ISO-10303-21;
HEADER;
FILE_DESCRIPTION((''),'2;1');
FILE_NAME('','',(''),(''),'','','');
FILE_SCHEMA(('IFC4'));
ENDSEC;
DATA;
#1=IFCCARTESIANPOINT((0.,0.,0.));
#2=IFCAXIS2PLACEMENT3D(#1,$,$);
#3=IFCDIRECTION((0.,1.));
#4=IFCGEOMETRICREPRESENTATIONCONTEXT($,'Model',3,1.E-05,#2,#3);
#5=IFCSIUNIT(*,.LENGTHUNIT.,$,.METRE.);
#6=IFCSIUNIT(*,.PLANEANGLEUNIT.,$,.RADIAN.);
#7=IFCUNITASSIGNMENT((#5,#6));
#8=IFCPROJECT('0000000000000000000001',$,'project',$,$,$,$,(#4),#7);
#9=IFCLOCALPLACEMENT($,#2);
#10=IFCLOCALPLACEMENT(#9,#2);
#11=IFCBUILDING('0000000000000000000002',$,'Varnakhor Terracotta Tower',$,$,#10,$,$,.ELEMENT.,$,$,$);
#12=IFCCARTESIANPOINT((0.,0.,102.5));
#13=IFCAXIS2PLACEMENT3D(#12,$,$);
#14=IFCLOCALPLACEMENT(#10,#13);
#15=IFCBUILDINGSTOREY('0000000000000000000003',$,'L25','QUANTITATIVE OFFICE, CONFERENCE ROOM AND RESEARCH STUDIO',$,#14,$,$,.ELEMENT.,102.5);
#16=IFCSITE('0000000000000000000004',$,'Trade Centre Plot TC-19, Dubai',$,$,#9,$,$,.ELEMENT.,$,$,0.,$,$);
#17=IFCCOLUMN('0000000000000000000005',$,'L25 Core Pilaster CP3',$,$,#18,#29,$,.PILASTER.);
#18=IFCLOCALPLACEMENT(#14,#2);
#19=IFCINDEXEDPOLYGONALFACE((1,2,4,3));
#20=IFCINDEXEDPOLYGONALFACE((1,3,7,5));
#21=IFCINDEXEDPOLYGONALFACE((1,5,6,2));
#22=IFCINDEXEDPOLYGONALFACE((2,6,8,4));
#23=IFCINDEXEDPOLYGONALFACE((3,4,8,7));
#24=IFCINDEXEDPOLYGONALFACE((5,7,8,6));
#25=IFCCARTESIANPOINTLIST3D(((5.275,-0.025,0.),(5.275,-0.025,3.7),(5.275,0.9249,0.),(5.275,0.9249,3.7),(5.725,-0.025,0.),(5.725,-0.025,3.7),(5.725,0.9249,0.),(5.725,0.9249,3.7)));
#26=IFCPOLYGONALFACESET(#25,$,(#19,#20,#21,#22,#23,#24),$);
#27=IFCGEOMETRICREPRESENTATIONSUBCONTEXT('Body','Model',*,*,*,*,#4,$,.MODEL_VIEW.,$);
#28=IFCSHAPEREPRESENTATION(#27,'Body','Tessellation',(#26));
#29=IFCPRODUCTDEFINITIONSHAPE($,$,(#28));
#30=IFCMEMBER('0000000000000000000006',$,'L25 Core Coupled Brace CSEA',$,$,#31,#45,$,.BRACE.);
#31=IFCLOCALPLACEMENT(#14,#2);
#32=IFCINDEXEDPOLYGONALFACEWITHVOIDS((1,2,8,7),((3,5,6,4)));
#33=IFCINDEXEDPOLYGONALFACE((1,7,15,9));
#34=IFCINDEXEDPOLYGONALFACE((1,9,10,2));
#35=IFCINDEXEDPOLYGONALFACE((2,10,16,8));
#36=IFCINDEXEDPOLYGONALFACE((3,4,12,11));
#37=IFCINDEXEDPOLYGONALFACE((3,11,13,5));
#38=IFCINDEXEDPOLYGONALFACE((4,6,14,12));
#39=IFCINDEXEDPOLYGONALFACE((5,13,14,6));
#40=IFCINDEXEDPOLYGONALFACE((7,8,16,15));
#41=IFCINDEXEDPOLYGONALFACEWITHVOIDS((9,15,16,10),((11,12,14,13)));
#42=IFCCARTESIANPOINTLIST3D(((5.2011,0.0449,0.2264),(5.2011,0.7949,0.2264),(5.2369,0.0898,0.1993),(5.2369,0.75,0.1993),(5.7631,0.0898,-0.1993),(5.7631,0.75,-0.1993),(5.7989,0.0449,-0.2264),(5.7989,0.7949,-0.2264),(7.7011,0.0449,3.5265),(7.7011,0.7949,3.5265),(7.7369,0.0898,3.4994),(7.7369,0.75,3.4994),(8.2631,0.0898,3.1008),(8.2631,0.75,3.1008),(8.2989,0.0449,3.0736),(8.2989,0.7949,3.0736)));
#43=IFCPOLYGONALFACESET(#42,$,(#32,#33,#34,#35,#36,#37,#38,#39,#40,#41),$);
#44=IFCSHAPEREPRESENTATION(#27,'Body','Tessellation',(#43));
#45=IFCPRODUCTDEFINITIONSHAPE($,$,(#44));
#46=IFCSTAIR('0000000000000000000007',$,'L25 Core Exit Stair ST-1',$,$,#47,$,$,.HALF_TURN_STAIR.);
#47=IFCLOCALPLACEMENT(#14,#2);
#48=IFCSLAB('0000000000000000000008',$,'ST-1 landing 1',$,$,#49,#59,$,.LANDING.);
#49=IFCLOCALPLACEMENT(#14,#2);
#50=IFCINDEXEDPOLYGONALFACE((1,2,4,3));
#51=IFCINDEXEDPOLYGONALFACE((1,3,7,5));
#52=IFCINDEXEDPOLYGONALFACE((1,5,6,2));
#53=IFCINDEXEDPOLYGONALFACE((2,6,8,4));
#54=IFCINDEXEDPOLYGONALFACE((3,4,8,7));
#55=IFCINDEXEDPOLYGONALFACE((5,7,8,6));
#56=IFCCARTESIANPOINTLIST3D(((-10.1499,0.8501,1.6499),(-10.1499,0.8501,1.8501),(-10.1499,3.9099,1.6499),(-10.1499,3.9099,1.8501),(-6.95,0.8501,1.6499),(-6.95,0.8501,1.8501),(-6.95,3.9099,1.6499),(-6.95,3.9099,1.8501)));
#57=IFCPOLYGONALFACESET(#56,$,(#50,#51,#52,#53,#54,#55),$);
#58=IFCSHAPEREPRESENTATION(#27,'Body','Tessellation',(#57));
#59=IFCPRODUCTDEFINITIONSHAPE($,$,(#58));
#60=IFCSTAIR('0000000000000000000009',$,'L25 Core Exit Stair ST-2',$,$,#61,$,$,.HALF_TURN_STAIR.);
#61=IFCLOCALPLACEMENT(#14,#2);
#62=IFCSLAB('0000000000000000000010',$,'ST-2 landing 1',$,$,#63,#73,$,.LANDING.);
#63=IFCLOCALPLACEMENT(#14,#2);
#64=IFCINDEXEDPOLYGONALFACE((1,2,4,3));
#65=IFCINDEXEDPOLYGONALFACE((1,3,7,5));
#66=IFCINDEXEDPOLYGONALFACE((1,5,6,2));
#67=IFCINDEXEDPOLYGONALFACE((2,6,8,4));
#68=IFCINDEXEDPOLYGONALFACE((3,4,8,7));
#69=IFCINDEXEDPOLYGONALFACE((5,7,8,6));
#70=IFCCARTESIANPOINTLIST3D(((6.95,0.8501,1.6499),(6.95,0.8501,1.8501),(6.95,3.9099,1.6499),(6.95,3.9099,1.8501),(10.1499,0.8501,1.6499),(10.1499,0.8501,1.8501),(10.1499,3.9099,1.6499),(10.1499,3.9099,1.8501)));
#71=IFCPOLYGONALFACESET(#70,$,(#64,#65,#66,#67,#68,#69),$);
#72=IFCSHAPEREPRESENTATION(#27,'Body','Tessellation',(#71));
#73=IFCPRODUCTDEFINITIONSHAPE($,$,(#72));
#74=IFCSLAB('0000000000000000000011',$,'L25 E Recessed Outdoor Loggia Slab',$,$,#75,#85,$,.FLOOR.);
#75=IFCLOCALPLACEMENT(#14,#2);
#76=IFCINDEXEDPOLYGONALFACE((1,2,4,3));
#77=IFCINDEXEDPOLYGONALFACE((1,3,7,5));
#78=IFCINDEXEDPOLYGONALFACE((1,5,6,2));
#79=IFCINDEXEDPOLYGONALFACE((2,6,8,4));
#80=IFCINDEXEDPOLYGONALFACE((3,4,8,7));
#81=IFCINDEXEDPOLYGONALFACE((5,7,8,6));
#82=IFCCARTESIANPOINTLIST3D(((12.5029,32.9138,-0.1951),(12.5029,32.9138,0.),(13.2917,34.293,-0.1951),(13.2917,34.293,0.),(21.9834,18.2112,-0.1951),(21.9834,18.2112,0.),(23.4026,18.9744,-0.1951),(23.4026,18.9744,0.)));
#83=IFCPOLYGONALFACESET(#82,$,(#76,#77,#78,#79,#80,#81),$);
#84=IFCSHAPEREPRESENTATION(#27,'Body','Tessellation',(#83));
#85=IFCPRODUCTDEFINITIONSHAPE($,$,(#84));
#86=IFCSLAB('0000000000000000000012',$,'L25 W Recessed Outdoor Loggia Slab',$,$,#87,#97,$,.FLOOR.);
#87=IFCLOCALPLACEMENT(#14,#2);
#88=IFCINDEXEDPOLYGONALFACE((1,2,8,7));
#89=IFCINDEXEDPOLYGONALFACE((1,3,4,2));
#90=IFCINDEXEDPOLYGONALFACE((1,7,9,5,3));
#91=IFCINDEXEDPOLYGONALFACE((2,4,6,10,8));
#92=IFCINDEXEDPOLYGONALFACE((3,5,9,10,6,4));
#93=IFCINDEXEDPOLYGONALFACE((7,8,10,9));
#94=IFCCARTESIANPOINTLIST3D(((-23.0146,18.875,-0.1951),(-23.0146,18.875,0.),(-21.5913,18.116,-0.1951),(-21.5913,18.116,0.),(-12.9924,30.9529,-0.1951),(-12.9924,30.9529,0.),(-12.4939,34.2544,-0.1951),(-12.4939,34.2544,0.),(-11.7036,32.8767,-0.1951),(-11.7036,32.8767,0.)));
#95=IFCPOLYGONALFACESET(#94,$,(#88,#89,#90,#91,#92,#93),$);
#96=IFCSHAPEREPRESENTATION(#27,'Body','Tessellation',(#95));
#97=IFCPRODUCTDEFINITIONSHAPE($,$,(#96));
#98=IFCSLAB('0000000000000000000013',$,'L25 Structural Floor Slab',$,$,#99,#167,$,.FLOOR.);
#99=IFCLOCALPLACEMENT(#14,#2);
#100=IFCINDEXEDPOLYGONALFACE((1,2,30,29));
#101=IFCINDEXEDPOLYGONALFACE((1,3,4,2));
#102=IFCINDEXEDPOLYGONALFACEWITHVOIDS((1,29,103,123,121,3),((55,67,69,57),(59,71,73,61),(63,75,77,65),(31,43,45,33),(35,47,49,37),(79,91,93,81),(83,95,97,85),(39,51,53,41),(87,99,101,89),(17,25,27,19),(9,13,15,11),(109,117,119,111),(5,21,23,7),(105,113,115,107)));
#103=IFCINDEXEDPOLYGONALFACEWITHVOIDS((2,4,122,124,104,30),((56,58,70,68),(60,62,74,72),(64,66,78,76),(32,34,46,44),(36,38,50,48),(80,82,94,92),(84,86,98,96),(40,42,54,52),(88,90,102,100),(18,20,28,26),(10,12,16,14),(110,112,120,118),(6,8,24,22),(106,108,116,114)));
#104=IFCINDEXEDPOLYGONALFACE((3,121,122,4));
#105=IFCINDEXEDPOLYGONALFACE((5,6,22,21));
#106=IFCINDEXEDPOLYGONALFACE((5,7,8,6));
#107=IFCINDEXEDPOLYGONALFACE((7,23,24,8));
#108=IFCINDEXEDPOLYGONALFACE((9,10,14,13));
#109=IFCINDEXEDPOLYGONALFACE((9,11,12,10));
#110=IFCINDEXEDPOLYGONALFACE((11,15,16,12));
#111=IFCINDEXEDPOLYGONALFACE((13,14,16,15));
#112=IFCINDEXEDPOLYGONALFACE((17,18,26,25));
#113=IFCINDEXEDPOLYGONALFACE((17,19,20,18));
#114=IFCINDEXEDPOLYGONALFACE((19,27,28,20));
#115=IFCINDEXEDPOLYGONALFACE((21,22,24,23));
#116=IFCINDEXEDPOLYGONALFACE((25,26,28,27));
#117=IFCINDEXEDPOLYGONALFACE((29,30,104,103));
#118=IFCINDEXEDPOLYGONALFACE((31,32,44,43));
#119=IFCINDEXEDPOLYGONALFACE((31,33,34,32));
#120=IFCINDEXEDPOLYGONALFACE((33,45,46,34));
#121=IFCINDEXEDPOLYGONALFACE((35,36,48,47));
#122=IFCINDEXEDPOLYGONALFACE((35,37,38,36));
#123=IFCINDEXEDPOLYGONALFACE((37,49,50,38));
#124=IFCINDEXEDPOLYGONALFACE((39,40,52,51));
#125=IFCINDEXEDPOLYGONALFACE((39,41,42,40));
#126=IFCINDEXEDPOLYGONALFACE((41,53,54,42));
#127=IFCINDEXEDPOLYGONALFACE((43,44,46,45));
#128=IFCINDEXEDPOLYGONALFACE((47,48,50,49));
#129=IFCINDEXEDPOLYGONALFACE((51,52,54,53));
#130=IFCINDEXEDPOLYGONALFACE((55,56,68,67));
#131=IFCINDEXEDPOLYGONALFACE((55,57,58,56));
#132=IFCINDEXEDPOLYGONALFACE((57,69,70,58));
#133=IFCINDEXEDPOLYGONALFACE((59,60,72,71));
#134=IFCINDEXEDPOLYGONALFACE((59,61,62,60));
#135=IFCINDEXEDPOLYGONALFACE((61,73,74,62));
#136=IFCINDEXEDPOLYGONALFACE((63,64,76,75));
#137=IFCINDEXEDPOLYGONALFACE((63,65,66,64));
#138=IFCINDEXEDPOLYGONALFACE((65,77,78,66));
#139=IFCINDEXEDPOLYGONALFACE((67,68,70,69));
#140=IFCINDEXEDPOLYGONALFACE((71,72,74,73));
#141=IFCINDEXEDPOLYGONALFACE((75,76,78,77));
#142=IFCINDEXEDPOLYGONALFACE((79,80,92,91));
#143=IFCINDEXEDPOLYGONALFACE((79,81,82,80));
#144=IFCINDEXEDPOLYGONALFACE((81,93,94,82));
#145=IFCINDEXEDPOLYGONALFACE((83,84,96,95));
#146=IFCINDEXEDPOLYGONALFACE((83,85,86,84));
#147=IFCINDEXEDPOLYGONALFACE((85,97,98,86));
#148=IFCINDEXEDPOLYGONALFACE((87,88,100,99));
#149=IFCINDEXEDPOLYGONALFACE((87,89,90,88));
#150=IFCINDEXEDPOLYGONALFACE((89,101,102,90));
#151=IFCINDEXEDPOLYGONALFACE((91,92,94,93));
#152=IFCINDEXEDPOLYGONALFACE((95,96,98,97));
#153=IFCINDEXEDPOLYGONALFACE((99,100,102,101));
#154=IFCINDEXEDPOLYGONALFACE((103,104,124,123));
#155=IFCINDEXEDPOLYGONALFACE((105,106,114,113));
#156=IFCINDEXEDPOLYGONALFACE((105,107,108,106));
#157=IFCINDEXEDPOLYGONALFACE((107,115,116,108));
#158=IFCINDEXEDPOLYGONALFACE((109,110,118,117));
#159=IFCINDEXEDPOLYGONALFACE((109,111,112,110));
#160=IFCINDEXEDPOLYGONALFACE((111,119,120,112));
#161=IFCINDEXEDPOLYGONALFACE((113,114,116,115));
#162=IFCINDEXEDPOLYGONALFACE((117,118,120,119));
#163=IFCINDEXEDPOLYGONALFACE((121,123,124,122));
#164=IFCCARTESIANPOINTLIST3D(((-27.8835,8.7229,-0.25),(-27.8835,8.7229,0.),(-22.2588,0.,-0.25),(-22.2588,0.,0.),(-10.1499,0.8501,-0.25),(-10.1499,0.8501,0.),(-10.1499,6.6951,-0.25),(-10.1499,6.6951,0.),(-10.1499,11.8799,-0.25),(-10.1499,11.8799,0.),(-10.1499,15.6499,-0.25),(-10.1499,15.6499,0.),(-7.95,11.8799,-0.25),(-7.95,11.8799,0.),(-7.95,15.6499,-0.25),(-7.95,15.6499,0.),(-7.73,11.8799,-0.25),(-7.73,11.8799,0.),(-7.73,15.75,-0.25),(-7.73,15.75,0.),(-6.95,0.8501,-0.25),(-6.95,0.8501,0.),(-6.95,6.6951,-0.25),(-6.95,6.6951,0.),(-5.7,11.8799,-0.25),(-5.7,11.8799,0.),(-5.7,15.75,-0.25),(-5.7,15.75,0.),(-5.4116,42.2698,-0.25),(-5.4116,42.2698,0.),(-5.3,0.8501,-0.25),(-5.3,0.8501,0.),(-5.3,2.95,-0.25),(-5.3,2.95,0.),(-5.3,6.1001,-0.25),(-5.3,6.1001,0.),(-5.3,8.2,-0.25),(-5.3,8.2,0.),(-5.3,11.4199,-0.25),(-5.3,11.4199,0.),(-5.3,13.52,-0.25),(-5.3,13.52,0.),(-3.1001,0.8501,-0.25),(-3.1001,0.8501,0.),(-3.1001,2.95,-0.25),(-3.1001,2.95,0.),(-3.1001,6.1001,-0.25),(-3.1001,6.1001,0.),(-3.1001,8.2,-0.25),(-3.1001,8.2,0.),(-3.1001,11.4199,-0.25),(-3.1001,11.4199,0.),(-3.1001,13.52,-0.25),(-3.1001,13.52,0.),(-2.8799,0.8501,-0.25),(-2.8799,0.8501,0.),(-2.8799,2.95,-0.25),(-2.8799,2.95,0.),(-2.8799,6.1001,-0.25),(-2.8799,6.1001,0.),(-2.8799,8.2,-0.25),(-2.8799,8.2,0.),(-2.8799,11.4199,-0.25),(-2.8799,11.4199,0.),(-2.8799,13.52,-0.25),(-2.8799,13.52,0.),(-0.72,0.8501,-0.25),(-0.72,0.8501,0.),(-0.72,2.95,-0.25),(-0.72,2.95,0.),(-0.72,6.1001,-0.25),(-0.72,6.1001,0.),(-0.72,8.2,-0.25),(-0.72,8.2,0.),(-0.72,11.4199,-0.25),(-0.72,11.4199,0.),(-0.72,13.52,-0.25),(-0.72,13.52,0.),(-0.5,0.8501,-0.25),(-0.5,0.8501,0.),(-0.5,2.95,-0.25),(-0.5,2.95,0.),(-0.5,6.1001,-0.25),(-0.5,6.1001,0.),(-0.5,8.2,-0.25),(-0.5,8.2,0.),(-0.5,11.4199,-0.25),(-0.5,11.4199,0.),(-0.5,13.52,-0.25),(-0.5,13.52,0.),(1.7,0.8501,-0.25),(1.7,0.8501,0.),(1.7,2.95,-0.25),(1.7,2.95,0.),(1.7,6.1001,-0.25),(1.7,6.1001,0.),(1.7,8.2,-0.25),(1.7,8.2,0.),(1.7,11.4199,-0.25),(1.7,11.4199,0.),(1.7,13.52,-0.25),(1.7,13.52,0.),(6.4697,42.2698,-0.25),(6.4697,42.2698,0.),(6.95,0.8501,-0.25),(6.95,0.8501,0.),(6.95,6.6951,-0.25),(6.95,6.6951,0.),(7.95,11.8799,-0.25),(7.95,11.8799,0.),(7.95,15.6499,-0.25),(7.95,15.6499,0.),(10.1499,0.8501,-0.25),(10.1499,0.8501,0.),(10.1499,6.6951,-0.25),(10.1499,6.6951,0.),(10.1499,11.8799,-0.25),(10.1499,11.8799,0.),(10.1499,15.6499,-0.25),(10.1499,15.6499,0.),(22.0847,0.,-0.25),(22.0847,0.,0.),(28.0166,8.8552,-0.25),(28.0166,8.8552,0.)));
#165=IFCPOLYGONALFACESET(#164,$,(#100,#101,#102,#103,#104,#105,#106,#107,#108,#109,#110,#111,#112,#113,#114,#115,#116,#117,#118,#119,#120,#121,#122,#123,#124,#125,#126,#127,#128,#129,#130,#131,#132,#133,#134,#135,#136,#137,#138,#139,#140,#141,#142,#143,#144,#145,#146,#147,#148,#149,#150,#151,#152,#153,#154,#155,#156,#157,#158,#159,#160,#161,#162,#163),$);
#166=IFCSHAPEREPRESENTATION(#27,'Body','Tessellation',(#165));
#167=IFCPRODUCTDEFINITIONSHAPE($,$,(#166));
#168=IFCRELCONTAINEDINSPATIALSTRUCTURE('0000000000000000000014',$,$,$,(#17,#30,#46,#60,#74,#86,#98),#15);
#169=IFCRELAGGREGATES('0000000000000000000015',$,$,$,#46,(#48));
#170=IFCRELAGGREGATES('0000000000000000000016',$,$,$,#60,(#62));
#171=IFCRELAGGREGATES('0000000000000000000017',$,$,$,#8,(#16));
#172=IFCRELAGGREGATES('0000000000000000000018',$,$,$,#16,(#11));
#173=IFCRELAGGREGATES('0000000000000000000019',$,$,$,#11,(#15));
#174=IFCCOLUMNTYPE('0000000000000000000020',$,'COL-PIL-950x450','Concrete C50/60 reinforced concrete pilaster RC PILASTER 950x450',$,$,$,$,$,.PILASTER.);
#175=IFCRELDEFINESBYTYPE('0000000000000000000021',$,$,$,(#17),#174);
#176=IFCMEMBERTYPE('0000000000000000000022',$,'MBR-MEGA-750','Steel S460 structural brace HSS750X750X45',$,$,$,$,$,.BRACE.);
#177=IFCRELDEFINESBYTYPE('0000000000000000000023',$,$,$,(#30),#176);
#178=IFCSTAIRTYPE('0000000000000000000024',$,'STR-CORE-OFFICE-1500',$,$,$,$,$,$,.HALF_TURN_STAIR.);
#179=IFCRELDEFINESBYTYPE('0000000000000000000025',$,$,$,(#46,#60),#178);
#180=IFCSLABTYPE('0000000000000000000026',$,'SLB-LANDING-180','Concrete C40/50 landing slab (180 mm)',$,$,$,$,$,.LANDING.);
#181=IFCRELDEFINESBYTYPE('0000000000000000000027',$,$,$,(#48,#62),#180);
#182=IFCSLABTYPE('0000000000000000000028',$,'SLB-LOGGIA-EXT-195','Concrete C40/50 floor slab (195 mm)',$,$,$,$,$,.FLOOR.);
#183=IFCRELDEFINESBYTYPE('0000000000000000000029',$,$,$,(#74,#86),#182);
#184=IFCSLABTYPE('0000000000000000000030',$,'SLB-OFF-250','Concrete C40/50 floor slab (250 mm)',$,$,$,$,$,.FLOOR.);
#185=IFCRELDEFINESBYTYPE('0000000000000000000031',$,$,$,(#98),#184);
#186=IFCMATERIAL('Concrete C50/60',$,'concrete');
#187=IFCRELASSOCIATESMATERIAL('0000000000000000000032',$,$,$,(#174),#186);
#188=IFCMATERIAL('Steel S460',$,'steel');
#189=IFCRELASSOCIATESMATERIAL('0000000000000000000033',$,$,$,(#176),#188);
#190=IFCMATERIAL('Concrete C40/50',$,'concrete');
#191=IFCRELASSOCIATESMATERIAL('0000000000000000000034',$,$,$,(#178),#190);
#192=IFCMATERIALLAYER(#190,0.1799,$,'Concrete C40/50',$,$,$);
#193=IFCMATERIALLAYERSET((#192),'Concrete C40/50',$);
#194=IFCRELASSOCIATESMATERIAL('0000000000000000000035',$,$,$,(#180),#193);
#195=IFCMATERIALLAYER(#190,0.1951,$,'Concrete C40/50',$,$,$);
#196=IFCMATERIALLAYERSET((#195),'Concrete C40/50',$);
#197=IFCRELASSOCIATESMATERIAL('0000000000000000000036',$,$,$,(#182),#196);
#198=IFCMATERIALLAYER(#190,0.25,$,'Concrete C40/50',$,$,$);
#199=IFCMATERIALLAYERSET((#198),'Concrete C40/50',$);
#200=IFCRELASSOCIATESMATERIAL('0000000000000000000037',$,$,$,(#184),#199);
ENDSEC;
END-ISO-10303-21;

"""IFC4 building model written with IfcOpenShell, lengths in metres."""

from ifc_helpers import new_model, si_unit, direction, frame, origin, origin_2d, place, context, subcontext, project, spatial, polyline, rectangle, hollow_rectangle, outline, extrude, source, transform, mapped, material, layer, layer_set, material_profile, profile_set, type_object, type_shapes, element, aggregate, save


model = new_model("IFC4")

# Units and contexts
model_context = context("Model", 3, precision=1e-05, world=origin(), true_north=direction((0.0, 1.0)))
body_context = subcontext(model_context, "Body", "Model", "MODEL_VIEW")
ifc_project = project(units=[si_unit("LENGTHUNIT", "METRE"), si_unit("PLANEANGLEUNIT", "RADIAN")], contexts=[model_context])

# Site, building, storey
site_placement = place(None, origin())
site = spatial("IfcSite", under=ifc_project, at=site_placement, Name="Trade Centre Plot TC-19, Dubai", CompositionType="ELEMENT", RefElevation=0.0)
building_placement = place(site_placement, origin())
building = spatial("IfcBuilding", under=site, at=building_placement, Name="Varnakhor Terracotta Tower", CompositionType="ELEMENT")
storey_placement = place(building_placement, frame((0.0, 0.0, 102.5)))
storey = spatial("IfcBuildingStorey", under=building, at=storey_placement, Name="L25", Description="QUANTITATIVE OFFICE, CONFERENCE ROOM AND RESEARCH STUDIO", CompositionType="ELEMENT", Elevation=102.5)

# Column
ifc_material_1 = material(Name="Concrete C50/60", Category="concrete")
ifc_material_profile_1 = material_profile(ifc_material_1, rectangle(XDim=0.45, YDim=0.95, at=origin_2d()), Name="RC PILASTER 950x450")
ifc_profile_set_1 = profile_set([ifc_material_profile_1], Name="Concrete C50/60")
column_type = type_object("IfcColumnType", Name="COL-PIL-950x450", Description="Concrete C50/60 reinforced concrete pilaster RC PILASTER 950x450", PredefinedType="PILASTER", material=ifc_profile_set_1)
shared_shape_1 = source(origin(), body_context, "Body", "SweptSolid", [
    extrude(rectangle(XDim=0.45, YDim=0.95, at=origin_2d()), origin(), (0.0, 0.0, 1.0), 3.7),
])
column_placement = place(storey_placement, frame((5.5, 0.45, 0.0), z_axis=(0.0, 0.0, 1.0), x_axis=(1.0, 0.0, 0.0)))
element("IfcColumn", 1, at=column_placement, inside=storey, type_object=column_type, Name="L25 Core Pilaster CP3", PredefinedType="PILASTER", context=body_context, shape_type="MappedRepresentation", body=[
    mapped(shared_shape_1, transform((0.0, 0.0, 0.0), scale=1.0)),
])

# Member
ifc_material_2 = material(Name="Steel S460", Category="steel")
ifc_material_profile_2 = material_profile(ifc_material_2, hollow_rectangle(XDim=0.75, YDim=0.75, WallThickness=0.0449, at=origin_2d()), Name="HSS750X750X45")
ifc_profile_set_2 = profile_set([ifc_material_profile_2], Name="Steel S460")
member_type = type_object("IfcMemberType", Name="MBR-MEGA-750", Description="Steel S460 structural brace HSS750X750X45", PredefinedType="BRACE", material=ifc_profile_set_2)
shared_shape_2 = source(origin(), body_context, "Body", "SweptSolid", [
    extrude(hollow_rectangle(XDim=0.75, YDim=0.75, WallThickness=0.0449, at=origin_2d()), origin(), (0.0, 0.0, 1.0), 4.1401),
])
type_shapes(member_type, [shared_shape_2])
member_placement = place(storey_placement, frame((5.5, 0.4199, 0.0), z_axis=(0.603852, 0.0, 0.797096), x_axis=(0.0, 1.0, 0.0)))
element("IfcMember", 2, at=member_placement, inside=storey, type_object=member_type, Name="L25 Core Coupled Brace CSEA", PredefinedType="BRACE", context=body_context, shape_type="MappedRepresentation", body=[
    mapped(shared_shape_2, transform((0.0, 0.0, 0.0), scale=1.0)),
])

# Stairs, slabs
ifc_material_3 = material(Name="Concrete C40/50", Category="concrete")
stair_type = type_object("IfcStairType", Name="STR-CORE-OFFICE-1500", PredefinedType="HALF_TURN_STAIR", material=ifc_material_3)
stair_1_placement = place(storey_placement, origin())
stair_1 = element("IfcStair", 3, at=stair_1_placement, inside=storey, type_object=stair_type, Name="L25 Core Exit Stair ST-1", PredefinedType="HALF_TURN_STAIR")
ifc_layer_1 = layer(ifc_material_3, 0.1799, Name="Concrete C40/50")
ifc_layer_set_1 = layer_set([ifc_layer_1], Name="Concrete C40/50")
slab_type_1 = type_object("IfcSlabType", Name="SLB-LANDING-180", Description="Concrete C40/50 landing slab (180 mm)", PredefinedType="LANDING", material=ifc_layer_set_1)
slab_1_placement = place(storey_placement, frame((0.0, 0.0, 1.6499)))
slab_1 = element("IfcSlab", 4, at=slab_1_placement, type_object=slab_type_1, Name="ST-1 landing 1", PredefinedType="LANDING", context=body_context, shape_type="SweptSolid", body=[
    extrude(outline(polyline([(-10.1499, 3.9099), (-10.1499, 0.8501), (-6.95, 0.8501), (-6.95, 3.9099), (-10.1499, 3.9099)])), origin(), (0.0, 0.0, 1.0), 0.2002),
])
aggregate(stair_1, [slab_1])
stair_2_placement = place(storey_placement, origin())
stair_2 = element("IfcStair", 5, at=stair_2_placement, inside=storey, type_object=stair_type, Name="L25 Core Exit Stair ST-2", PredefinedType="HALF_TURN_STAIR")
slab_2_placement = place(storey_placement, frame((0.0, 0.0, 1.6499)))
slab_2 = element("IfcSlab", 6, at=slab_2_placement, type_object=slab_type_1, Name="ST-2 landing 1", PredefinedType="LANDING", context=body_context, shape_type="SweptSolid", body=[
    extrude(outline(polyline([(6.95, 3.9099), (6.95, 0.8501), (10.1499, 0.8501), (10.1499, 3.9099), (6.95, 3.9099)])), origin(), (0.0, 0.0, 1.0), 0.2002),
])
aggregate(stair_2, [slab_2])

# Slabs
ifc_layer_2 = layer(ifc_material_3, 0.1951, Name="Concrete C40/50")
ifc_layer_set_2 = layer_set([ifc_layer_2], Name="Concrete C40/50")
slab_type_2 = type_object("IfcSlabType", Name="SLB-LOGGIA-EXT-195", Description="Concrete C40/50 floor slab (195 mm)", PredefinedType="FLOOR", material=ifc_layer_set_2)
slab_3_placement = place(storey_placement, frame((0.0, 0.0, -0.1951)))
element("IfcSlab", 7, at=slab_3_placement, inside=storey, type_object=slab_type_2, Name="L25 E Recessed Outdoor Loggia Slab", PredefinedType="FLOOR", context=body_context, shape_type="SweptSolid", body=[
    extrude(outline(polyline([(13.2917, 34.293), (23.4026, 18.9744), (21.9834, 18.2112), (12.5029, 32.9138), (13.2917, 34.293)])), origin(), (0.0, 0.0, 1.0), 0.1951),
])
slab_4_placement = place(storey_placement, frame((0.0, 0.0, -0.1951)))
element("IfcSlab", 8, at=slab_4_placement, inside=storey, type_object=slab_type_2, Name="L25 W Recessed Outdoor Loggia Slab", PredefinedType="FLOOR", context=body_context, shape_type="SweptSolid", body=[
    extrude(outline(polyline([(-23.0146, 18.875), (-12.4939, 34.2544), (-11.7036, 32.8767), (-12.9924, 30.9529), (-21.5913, 18.116), (-23.0146, 18.875)])), origin(), (0.0, 0.0, 1.0), 0.1951),
])
ifc_layer_3 = layer(ifc_material_3, 0.25, Name="Concrete C40/50")
ifc_layer_set_3 = layer_set([ifc_layer_3], Name="Concrete C40/50")
slab_type_3 = type_object("IfcSlabType", Name="SLB-OFF-250", Description="Concrete C40/50 floor slab (250 mm)", PredefinedType="FLOOR", material=ifc_layer_set_3)
slab_5_placement = place(storey_placement, frame((0.0, 0.0, -0.25)))
element("IfcSlab", 9, at=slab_5_placement, inside=storey, type_object=slab_type_3, Name="L25 Structural Floor Slab", PredefinedType="FLOOR", context=body_context, shape_type="SweptSolid", body=[
    extrude(outline(polyline([(-27.8835, 8.7229), (-5.4116, 42.2698), (6.4697, 42.2698), (28.0166, 8.8552), (22.0847, 0.0), (-22.2588, 0.0), (-27.8835, 8.7229)]), holes=[polyline([(-3.1001, 0.8501), (-3.1001, 2.95), (-5.3, 2.95), (-5.3, 0.8501), (-3.1001, 0.8501)]), polyline([(-2.8799, 0.8501), (-0.72, 0.8501), (-0.72, 2.95), (-2.8799, 2.95), (-2.8799, 0.8501)]), polyline([(-10.1499, 0.8501), (-6.95, 0.8501), (-6.95, 6.6951), (-10.1499, 6.6951), (-10.1499, 0.8501)]), polyline([(-5.3, 6.1001), (-3.1001, 6.1001), (-3.1001, 8.2), (-5.3, 8.2), (-5.3, 6.1001)]), polyline([(-5.3, 11.4199), (-3.1001, 11.4199), (-3.1001, 13.52), (-5.3, 13.52), (-5.3, 11.4199)]), polyline([(-10.1499, 11.8799), (-7.95, 11.8799), (-7.95, 15.6499), (-10.1499, 15.6499), (-10.1499, 11.8799)]), polyline([(-7.73, 11.8799), (-5.7, 11.8799), (-5.7, 15.75), (-7.73, 15.75), (-7.73, 11.8799)]), polyline([(1.7, 0.8501), (1.7, 2.95), (-0.5, 2.95), (-0.5, 0.8501), (1.7, 0.8501)]), polyline([(6.95, 0.8501), (10.1499, 0.8501), (10.1499, 6.6951), (6.95, 6.6951), (6.95, 0.8501)]), polyline([(-2.8799, 6.1001), (-0.72, 6.1001), (-0.72, 8.2), (-2.8799, 8.2), (-2.8799, 6.1001)]), polyline([(-0.5, 6.1001), (1.7, 6.1001), (1.7, 8.2), (-0.5, 8.2), (-0.5, 6.1001)]), polyline([(-2.8799, 11.4199), (-0.72, 11.4199), (-0.72, 13.52), (-2.8799, 13.52), (-2.8799, 11.4199)]), polyline([(-0.5, 11.4199), (1.7, 11.4199), (1.7, 13.52), (-0.5, 13.52), (-0.5, 11.4199)]), polyline([(7.95, 11.8799), (10.1499, 11.8799), (10.1499, 15.6499), (7.95, 15.6499), (7.95, 11.8799)])]), origin(), (0.0, 0.0, 1.0), 0.25),
])

save(model, "model.ifc")
